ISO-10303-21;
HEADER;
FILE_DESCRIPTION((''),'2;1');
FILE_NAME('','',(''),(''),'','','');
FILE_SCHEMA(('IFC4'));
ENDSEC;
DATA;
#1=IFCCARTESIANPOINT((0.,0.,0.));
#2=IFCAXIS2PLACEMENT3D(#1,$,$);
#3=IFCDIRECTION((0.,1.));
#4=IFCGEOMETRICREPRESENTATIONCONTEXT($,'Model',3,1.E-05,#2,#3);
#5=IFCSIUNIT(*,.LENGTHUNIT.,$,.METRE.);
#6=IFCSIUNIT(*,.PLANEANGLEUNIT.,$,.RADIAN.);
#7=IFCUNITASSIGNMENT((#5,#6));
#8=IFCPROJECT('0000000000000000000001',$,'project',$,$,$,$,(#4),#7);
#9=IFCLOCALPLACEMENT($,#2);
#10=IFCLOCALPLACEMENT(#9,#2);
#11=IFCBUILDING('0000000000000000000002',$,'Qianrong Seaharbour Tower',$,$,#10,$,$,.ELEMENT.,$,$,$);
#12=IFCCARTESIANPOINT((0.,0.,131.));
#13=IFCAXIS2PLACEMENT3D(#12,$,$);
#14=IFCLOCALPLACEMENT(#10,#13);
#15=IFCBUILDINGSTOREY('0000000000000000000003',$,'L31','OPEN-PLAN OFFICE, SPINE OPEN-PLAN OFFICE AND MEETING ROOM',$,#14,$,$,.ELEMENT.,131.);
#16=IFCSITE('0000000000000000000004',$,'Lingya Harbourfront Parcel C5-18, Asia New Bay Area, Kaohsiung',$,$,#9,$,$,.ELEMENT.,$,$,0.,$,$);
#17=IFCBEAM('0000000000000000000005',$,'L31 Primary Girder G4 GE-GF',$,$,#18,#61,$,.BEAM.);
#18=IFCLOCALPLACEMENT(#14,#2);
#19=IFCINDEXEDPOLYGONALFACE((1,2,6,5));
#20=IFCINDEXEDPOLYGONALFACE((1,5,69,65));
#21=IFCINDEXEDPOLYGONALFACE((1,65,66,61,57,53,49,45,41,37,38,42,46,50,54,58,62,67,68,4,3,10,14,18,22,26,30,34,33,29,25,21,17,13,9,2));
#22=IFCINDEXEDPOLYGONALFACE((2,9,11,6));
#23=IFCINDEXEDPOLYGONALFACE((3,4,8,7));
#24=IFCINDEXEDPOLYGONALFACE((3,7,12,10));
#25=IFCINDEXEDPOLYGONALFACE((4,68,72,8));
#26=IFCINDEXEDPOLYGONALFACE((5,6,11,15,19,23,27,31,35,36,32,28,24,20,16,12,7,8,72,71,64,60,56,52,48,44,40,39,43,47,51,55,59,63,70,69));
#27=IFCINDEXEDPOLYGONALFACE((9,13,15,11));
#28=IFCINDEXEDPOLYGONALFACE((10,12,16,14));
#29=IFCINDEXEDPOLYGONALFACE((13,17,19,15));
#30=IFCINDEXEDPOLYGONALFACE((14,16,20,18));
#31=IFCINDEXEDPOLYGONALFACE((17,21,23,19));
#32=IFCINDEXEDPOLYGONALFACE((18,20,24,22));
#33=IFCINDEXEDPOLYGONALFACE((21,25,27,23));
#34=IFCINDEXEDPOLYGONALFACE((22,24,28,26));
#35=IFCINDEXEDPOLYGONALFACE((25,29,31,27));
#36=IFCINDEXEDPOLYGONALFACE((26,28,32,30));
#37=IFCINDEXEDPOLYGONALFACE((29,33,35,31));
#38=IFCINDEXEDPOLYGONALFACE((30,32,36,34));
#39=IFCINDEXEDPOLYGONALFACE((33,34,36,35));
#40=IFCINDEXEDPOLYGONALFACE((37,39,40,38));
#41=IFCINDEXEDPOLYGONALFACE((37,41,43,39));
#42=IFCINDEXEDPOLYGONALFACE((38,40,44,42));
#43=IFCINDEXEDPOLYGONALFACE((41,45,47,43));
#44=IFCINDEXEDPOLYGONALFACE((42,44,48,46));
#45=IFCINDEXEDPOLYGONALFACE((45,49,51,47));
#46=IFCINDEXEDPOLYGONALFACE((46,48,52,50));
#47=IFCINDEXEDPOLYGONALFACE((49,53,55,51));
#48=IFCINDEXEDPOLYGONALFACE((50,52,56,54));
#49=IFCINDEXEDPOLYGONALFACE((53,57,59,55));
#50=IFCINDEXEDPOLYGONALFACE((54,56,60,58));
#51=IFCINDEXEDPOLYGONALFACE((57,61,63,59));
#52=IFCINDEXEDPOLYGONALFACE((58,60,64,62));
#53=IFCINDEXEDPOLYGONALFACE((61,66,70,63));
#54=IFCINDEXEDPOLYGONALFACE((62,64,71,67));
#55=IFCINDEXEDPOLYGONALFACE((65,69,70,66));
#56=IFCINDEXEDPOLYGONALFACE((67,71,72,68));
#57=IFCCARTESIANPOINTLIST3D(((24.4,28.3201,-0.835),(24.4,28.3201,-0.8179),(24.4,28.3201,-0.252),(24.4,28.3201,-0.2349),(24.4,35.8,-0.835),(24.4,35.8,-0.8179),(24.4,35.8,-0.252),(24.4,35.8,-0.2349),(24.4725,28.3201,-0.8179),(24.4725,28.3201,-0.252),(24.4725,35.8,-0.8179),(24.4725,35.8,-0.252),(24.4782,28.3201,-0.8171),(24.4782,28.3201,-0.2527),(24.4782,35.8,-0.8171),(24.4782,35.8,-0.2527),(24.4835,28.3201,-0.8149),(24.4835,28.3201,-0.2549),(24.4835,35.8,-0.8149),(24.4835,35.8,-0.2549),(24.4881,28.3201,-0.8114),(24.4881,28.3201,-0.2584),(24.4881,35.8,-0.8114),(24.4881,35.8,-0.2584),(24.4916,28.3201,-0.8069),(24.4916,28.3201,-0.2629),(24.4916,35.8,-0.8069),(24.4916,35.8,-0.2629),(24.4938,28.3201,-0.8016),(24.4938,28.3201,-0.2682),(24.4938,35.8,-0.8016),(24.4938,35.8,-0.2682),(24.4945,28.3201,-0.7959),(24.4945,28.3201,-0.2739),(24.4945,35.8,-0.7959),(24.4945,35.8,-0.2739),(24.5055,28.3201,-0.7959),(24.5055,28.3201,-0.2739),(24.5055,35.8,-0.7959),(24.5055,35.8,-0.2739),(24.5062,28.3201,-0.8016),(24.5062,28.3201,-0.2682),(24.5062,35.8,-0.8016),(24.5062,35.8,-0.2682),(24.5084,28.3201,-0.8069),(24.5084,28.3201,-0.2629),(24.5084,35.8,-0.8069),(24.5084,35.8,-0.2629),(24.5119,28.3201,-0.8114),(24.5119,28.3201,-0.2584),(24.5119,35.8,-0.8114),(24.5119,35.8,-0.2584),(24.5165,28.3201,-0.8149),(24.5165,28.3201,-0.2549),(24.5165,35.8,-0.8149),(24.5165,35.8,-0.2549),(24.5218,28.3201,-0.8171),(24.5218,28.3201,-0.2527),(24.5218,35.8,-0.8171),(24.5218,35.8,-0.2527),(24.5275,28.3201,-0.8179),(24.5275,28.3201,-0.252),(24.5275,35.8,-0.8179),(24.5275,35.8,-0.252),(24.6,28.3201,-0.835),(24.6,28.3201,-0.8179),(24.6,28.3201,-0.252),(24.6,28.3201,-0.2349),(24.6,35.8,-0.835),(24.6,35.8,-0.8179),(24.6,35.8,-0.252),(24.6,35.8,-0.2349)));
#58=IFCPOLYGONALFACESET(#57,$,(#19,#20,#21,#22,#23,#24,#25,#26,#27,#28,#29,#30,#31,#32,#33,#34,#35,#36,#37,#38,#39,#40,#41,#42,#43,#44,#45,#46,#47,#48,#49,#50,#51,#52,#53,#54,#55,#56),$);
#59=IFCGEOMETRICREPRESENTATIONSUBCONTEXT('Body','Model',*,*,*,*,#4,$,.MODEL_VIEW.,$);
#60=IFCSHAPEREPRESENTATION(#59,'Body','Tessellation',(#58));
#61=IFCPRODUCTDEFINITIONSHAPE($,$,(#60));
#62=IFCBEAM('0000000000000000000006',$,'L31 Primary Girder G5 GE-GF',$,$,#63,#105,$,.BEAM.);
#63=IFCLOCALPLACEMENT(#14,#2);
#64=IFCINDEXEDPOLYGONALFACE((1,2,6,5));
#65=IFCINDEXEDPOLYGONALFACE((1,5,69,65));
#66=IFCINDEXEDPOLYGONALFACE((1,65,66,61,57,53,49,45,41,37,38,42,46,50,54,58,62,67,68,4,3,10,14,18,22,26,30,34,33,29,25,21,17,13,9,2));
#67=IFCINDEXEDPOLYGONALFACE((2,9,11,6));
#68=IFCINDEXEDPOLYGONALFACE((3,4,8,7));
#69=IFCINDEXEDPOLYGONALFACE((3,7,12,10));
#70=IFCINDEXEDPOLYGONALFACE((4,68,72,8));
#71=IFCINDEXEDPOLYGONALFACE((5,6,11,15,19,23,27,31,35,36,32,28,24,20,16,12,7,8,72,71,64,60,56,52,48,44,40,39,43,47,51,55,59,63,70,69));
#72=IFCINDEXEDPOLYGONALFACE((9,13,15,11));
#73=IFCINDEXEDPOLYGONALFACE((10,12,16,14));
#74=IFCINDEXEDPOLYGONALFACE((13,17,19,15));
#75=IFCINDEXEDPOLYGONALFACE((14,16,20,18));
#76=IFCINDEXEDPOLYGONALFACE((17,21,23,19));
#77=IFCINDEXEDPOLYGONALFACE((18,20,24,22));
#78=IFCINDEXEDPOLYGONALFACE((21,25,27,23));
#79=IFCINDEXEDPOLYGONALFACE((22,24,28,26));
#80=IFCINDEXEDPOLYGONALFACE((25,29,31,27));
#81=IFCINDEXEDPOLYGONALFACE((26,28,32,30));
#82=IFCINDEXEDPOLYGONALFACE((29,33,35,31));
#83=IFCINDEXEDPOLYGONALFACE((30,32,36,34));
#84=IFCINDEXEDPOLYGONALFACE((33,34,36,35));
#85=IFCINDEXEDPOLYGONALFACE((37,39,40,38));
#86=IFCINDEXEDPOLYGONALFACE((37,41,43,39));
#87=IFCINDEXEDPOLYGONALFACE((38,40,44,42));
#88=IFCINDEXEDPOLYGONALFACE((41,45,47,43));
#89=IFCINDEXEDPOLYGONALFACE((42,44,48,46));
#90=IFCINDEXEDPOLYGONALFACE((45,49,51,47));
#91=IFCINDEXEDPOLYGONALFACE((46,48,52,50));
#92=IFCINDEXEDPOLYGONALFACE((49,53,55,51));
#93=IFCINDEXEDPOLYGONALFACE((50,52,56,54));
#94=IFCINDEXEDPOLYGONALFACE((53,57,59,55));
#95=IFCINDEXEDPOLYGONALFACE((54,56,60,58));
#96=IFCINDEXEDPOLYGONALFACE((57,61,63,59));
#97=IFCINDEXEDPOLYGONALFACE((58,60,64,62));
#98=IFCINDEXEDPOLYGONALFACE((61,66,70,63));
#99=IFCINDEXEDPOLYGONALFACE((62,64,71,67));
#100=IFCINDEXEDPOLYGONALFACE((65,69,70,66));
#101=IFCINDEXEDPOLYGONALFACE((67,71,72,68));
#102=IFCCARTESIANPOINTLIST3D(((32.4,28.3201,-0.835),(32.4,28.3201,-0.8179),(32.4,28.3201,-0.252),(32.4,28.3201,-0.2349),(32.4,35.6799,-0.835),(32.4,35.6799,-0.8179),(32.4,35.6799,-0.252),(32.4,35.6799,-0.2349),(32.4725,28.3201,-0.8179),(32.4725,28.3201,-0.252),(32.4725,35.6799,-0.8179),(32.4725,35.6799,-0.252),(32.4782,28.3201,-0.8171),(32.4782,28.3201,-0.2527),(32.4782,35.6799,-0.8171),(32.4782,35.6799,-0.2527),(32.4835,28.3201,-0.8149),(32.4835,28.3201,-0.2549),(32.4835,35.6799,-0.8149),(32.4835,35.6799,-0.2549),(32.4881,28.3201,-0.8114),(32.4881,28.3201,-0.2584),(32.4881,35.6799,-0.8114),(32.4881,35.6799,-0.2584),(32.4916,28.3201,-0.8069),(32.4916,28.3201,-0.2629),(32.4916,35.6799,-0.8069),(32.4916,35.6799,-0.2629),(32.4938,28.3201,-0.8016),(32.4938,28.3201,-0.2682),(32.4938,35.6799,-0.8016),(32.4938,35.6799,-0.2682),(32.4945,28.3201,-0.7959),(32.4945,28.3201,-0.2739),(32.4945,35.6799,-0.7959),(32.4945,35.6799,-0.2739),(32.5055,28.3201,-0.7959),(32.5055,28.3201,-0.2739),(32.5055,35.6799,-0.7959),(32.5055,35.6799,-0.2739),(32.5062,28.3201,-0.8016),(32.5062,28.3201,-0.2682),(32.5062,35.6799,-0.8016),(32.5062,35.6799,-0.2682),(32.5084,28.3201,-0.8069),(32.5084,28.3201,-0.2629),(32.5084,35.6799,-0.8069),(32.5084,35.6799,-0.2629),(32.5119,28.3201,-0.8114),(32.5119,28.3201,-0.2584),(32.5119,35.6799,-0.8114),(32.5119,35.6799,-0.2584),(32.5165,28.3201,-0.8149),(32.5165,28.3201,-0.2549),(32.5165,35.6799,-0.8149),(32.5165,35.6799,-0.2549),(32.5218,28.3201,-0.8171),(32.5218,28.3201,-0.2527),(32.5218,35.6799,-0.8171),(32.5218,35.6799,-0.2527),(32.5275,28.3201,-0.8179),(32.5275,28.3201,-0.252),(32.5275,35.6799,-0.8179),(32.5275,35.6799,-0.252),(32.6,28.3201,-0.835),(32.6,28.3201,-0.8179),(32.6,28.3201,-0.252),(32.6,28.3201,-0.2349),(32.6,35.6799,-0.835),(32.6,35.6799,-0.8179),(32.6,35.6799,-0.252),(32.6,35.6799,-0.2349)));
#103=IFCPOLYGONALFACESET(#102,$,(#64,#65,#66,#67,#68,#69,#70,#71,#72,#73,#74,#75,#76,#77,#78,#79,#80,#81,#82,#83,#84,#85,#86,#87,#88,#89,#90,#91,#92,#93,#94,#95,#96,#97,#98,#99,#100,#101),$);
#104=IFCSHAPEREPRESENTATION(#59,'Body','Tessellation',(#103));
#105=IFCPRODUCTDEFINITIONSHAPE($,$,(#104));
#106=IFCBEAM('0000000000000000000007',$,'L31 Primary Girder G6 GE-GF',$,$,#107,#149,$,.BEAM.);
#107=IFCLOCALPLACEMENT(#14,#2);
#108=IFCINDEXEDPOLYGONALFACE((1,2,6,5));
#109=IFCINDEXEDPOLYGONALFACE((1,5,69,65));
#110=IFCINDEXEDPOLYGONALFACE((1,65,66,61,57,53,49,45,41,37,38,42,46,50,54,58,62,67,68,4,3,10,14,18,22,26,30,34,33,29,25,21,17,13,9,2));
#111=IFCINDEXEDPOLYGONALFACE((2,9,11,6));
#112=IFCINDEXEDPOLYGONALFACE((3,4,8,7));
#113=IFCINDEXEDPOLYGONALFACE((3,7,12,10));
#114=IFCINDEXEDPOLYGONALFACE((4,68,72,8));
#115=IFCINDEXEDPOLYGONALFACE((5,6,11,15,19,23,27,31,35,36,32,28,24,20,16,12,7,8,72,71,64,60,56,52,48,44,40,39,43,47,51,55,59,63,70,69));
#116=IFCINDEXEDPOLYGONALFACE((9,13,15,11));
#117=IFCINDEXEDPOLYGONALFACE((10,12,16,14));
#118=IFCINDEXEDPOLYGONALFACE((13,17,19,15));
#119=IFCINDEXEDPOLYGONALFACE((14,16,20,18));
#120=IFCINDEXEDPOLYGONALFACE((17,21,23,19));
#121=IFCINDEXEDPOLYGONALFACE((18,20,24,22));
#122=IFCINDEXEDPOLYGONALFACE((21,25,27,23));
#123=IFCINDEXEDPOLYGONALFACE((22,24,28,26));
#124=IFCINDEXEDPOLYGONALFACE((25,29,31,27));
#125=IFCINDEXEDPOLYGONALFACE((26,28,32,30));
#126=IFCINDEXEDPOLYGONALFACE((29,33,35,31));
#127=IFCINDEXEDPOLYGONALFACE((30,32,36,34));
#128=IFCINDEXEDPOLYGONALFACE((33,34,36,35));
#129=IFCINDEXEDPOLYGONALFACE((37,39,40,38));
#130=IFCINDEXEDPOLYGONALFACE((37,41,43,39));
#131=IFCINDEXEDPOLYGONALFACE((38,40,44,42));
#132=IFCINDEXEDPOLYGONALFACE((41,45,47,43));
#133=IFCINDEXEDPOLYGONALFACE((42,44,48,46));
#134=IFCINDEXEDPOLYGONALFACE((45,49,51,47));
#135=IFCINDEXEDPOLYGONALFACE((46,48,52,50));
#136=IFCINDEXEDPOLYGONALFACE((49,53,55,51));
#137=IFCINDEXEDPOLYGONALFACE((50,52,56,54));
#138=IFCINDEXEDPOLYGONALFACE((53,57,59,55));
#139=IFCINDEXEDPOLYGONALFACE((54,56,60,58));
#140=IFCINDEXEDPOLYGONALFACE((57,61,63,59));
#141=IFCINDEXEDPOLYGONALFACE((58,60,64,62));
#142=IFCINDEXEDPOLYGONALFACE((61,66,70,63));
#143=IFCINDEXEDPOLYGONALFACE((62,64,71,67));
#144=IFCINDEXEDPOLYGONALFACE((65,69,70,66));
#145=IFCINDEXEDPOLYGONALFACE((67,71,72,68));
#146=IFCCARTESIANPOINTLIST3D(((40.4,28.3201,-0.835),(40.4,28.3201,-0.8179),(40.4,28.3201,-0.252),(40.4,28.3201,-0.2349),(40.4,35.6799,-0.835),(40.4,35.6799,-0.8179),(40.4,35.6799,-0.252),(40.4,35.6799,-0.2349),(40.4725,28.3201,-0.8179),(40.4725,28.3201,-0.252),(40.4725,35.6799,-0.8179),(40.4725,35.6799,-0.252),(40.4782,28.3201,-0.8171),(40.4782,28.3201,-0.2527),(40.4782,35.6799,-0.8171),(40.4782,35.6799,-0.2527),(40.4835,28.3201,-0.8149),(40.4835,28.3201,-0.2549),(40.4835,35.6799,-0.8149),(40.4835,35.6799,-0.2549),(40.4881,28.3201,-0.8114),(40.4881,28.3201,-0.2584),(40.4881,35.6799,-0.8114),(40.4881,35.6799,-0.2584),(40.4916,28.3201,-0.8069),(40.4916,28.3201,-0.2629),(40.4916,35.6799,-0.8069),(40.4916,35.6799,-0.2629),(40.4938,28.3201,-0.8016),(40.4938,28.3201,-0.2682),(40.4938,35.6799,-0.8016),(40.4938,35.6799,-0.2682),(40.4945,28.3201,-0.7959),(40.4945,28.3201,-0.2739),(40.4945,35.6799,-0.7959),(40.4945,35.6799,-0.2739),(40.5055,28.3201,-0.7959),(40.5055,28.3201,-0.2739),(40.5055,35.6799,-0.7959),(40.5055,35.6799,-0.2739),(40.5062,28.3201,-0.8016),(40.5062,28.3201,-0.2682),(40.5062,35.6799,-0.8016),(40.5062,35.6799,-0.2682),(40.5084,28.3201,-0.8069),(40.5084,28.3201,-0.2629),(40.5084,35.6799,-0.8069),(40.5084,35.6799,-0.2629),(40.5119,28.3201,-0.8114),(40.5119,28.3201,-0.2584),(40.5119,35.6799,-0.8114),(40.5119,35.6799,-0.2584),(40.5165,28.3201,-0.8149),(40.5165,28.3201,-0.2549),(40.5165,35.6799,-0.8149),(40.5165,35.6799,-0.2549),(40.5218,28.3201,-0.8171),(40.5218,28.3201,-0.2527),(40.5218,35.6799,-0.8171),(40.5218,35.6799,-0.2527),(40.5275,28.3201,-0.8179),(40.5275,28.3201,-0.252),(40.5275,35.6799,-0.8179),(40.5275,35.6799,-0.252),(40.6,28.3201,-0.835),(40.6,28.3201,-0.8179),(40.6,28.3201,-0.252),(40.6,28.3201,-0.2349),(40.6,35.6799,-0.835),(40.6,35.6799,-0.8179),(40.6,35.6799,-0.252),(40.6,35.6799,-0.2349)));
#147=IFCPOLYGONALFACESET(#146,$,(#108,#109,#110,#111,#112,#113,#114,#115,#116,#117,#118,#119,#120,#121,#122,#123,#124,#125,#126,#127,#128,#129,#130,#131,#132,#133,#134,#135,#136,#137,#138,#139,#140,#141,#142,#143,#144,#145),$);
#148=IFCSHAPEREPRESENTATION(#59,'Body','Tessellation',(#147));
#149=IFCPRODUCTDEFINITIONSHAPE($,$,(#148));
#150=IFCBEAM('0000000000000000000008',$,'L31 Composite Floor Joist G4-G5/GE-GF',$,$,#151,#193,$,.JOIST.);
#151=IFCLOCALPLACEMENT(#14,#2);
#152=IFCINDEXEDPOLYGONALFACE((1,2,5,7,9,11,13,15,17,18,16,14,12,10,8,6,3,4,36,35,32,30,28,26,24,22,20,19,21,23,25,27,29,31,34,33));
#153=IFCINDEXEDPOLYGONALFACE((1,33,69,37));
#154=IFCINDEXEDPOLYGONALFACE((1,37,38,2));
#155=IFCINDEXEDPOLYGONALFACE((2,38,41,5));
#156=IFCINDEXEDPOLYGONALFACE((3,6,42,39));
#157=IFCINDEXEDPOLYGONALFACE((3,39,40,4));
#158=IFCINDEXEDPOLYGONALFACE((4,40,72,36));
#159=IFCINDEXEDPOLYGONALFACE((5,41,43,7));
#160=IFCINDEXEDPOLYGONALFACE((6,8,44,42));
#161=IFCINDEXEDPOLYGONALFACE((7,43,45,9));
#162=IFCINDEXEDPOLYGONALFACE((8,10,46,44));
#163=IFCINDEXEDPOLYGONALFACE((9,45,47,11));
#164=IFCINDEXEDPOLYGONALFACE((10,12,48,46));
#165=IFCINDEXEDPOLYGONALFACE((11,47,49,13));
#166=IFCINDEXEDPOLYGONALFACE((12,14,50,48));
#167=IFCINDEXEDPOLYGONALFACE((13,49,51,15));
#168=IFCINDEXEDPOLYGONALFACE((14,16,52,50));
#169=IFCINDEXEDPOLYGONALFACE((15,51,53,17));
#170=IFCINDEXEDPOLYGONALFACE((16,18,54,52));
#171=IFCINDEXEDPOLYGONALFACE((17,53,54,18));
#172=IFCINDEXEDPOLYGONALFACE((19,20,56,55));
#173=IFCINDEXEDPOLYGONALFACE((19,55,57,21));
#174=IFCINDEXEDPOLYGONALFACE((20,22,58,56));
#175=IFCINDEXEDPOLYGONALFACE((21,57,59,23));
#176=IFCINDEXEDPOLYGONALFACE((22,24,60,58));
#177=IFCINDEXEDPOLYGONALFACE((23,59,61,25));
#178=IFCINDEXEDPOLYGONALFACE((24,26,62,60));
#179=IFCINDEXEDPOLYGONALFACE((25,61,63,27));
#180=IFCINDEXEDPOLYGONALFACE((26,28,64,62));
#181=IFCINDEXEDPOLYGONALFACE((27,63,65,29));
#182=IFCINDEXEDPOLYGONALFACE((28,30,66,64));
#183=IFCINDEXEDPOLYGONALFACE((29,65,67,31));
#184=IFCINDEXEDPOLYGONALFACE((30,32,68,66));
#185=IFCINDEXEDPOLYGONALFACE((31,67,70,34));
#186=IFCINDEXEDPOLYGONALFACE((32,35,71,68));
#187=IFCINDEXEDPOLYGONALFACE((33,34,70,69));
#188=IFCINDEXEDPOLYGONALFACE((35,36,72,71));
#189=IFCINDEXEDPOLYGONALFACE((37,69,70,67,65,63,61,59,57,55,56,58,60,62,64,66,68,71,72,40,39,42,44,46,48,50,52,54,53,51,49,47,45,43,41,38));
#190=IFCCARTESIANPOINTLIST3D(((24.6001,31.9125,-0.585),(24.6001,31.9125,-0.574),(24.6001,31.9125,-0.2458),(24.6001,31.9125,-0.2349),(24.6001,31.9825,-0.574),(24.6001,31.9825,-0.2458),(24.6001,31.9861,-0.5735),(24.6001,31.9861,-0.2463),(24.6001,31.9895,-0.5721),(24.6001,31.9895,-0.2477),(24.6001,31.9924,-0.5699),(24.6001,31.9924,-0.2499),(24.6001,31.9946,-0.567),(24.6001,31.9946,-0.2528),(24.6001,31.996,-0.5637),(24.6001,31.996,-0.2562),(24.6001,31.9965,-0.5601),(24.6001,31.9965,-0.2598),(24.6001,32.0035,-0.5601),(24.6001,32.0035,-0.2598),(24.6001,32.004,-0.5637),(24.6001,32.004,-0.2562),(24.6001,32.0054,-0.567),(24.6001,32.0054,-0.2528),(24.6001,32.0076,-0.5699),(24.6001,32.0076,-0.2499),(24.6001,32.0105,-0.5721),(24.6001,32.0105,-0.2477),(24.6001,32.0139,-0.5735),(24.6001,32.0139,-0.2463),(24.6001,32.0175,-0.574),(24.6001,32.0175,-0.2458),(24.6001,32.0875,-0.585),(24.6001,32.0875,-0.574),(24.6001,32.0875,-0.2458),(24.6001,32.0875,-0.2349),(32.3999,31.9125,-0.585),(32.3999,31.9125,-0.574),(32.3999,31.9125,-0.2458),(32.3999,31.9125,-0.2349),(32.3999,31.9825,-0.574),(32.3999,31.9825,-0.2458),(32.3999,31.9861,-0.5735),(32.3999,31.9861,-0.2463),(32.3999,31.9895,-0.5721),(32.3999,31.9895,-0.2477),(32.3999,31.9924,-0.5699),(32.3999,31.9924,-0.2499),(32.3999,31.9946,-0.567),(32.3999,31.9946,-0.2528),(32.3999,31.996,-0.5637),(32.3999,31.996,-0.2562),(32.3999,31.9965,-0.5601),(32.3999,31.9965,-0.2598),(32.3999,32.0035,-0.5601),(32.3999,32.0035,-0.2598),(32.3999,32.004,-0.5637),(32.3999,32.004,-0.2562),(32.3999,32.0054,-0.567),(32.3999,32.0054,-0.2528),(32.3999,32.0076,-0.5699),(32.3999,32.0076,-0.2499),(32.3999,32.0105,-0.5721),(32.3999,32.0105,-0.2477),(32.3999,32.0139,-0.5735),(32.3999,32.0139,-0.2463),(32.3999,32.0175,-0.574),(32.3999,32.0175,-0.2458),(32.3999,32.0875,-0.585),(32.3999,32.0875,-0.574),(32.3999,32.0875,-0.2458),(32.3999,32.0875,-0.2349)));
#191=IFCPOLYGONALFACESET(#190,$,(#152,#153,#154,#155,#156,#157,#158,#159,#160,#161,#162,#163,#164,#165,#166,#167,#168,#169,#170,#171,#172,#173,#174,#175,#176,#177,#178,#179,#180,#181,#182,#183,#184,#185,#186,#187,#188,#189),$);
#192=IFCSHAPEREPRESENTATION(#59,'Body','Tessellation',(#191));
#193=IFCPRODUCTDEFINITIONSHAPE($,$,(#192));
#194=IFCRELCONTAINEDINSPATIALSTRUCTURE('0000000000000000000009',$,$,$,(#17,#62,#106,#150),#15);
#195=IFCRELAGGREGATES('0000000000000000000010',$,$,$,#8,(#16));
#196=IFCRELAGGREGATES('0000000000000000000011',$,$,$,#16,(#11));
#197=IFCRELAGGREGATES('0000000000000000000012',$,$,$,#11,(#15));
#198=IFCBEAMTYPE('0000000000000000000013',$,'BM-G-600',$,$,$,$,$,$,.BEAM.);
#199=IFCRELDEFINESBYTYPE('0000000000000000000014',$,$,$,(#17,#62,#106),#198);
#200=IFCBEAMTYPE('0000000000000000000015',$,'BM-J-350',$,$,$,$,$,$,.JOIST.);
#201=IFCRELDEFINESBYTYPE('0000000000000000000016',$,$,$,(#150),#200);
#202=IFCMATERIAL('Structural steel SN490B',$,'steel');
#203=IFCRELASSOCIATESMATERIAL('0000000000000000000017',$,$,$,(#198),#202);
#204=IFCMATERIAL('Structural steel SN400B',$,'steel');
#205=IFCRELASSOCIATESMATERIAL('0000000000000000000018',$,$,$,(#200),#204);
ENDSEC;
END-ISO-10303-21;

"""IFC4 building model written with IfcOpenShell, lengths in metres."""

from ifc_helpers import new_model, si_unit, direction, frame, origin, origin_2d, place, context, subcontext, project, spatial, i_section, extrude, material, material_profile, profile_set, type_object, element, save


model = new_model("IFC4")

# Units and contexts
model_context = context("Model", 3, precision=1e-05, world=origin(), true_north=direction((0.0, 1.0)))
body_context = subcontext(model_context, "Body", "Model", "MODEL_VIEW")
ifc_project = project(units=[si_unit("LENGTHUNIT", "METRE"), si_unit("PLANEANGLEUNIT", "RADIAN")], contexts=[model_context])

# Site, building, storey
site_placement = place(None, origin())
site = spatial("IfcSite", under=ifc_project, at=site_placement, Name="Lingya Harbourfront Parcel C5-18, Asia New Bay Area, Kaohsiung", CompositionType="ELEMENT", RefElevation=0.0)
building_placement = place(site_placement, origin())
building = spatial("IfcBuilding", under=site, at=building_placement, Name="Qianrong Seaharbour Tower", CompositionType="ELEMENT")
storey_placement = place(building_placement, frame((0.0, 0.0, 131.0)))
storey = spatial("IfcBuildingStorey", under=building, at=storey_placement, Name="L31", Description="OPEN-PLAN OFFICE, SPINE OPEN-PLAN OFFICE AND MEETING ROOM", CompositionType="ELEMENT", Elevation=131.0)

# Beams
ifc_material_1 = material(Name="Structural steel SN490B", Category="steel")
ifc_material_profile_1 = material_profile(ifc_material_1, i_section(OverallWidth=0.2, OverallDepth=0.6001, WebThickness=0.011, FlangeThickness=0.0171, FilletRadius=0.022, at=origin_2d()), Name="H600x200x11x17")
ifc_profile_set_1 = profile_set([ifc_material_profile_1], Name="Structural steel SN490B")
beam_type_1 = type_object("IfcBeamType", Name="BM-G-600", PredefinedType="BEAM", material=ifc_profile_set_1)
beam_placement = place(storey_placement, frame((24.5, 28.3201, -0.5349), z_axis=(0.0, 1.0, 0.0), x_axis=(-1.0, 0.0, 0.0)))
element("IfcBeam", 1, at=beam_placement, inside=storey, type_object=beam_type_1, Name="L31 Primary Girder G4 GE-GF", PredefinedType="BEAM", context=body_context, shape_type="SweptSolid", body=[
    extrude(i_section(OverallWidth=0.2, OverallDepth=0.6001, WebThickness=0.011, FlangeThickness=0.0171, FilletRadius=0.022, at=origin_2d()), origin(), (0.0, 0.0, 1.0), 7.48),
])
for number, where, z_axis, x_axis, name in (
    (2, (32.5, 28.3201, -0.5349), (0.0, 1.0, 0.0), (-1.0, 0.0, 0.0), "L31 Primary Girder G5 GE-GF"),
    (3, (40.5, 28.3201, -0.5349), (0.0, 1.0, 0.0), (-1.0, 0.0, 0.0), "L31 Primary Girder G6 GE-GF"),
):
    element("IfcBeam", number, at=place(storey_placement, frame(where, z_axis=z_axis, x_axis=x_axis)), inside=storey, type_object=beam_type_1, Name=name, PredefinedType="BEAM", context=body_context, shape_type="SweptSolid", body=[
        extrude(i_section(OverallWidth=0.2, OverallDepth=0.6001, WebThickness=0.011, FlangeThickness=0.0171, FilletRadius=0.022, at=origin_2d()), origin(), (0.0, 0.0, 1.0), 7.3599),
    ])
ifc_material_2 = material(Name="Structural steel SN400B", Category="steel")
ifc_material_profile_2 = material_profile(ifc_material_2, i_section(OverallWidth=0.175, OverallDepth=0.3501, WebThickness=0.0071, FlangeThickness=0.011, FilletRadius=0.0139, at=origin_2d()), Name="H350x175x7x11")
ifc_profile_set_2 = profile_set([ifc_material_profile_2], Name="Structural steel SN400B")
beam_type_2 = type_object("IfcBeamType", Name="BM-J-350", PredefinedType="JOIST", material=ifc_profile_set_2)
for number, where, z_axis, x_axis, name in (
    (4, (24.6001, 32.0, -0.4099), (1.0, 0.0, 0.0), (0.0, 1.0, 0.0), "L31 Composite Floor Joist G4-G5/GE-GF"),
):
    element("IfcBeam", number, at=place(storey_placement, frame(where, z_axis=z_axis, x_axis=x_axis)), inside=storey, type_object=beam_type_2, Name=name, PredefinedType="JOIST", context=body_context, shape_type="SweptSolid", body=[
        extrude(i_section(OverallWidth=0.175, OverallDepth=0.3501, WebThickness=0.0071, FlangeThickness=0.011, FilletRadius=0.0139, at=origin_2d()), origin(), (0.0, 0.0, 1.0), 7.7998),
    ])

save(model, "model.ifc")
